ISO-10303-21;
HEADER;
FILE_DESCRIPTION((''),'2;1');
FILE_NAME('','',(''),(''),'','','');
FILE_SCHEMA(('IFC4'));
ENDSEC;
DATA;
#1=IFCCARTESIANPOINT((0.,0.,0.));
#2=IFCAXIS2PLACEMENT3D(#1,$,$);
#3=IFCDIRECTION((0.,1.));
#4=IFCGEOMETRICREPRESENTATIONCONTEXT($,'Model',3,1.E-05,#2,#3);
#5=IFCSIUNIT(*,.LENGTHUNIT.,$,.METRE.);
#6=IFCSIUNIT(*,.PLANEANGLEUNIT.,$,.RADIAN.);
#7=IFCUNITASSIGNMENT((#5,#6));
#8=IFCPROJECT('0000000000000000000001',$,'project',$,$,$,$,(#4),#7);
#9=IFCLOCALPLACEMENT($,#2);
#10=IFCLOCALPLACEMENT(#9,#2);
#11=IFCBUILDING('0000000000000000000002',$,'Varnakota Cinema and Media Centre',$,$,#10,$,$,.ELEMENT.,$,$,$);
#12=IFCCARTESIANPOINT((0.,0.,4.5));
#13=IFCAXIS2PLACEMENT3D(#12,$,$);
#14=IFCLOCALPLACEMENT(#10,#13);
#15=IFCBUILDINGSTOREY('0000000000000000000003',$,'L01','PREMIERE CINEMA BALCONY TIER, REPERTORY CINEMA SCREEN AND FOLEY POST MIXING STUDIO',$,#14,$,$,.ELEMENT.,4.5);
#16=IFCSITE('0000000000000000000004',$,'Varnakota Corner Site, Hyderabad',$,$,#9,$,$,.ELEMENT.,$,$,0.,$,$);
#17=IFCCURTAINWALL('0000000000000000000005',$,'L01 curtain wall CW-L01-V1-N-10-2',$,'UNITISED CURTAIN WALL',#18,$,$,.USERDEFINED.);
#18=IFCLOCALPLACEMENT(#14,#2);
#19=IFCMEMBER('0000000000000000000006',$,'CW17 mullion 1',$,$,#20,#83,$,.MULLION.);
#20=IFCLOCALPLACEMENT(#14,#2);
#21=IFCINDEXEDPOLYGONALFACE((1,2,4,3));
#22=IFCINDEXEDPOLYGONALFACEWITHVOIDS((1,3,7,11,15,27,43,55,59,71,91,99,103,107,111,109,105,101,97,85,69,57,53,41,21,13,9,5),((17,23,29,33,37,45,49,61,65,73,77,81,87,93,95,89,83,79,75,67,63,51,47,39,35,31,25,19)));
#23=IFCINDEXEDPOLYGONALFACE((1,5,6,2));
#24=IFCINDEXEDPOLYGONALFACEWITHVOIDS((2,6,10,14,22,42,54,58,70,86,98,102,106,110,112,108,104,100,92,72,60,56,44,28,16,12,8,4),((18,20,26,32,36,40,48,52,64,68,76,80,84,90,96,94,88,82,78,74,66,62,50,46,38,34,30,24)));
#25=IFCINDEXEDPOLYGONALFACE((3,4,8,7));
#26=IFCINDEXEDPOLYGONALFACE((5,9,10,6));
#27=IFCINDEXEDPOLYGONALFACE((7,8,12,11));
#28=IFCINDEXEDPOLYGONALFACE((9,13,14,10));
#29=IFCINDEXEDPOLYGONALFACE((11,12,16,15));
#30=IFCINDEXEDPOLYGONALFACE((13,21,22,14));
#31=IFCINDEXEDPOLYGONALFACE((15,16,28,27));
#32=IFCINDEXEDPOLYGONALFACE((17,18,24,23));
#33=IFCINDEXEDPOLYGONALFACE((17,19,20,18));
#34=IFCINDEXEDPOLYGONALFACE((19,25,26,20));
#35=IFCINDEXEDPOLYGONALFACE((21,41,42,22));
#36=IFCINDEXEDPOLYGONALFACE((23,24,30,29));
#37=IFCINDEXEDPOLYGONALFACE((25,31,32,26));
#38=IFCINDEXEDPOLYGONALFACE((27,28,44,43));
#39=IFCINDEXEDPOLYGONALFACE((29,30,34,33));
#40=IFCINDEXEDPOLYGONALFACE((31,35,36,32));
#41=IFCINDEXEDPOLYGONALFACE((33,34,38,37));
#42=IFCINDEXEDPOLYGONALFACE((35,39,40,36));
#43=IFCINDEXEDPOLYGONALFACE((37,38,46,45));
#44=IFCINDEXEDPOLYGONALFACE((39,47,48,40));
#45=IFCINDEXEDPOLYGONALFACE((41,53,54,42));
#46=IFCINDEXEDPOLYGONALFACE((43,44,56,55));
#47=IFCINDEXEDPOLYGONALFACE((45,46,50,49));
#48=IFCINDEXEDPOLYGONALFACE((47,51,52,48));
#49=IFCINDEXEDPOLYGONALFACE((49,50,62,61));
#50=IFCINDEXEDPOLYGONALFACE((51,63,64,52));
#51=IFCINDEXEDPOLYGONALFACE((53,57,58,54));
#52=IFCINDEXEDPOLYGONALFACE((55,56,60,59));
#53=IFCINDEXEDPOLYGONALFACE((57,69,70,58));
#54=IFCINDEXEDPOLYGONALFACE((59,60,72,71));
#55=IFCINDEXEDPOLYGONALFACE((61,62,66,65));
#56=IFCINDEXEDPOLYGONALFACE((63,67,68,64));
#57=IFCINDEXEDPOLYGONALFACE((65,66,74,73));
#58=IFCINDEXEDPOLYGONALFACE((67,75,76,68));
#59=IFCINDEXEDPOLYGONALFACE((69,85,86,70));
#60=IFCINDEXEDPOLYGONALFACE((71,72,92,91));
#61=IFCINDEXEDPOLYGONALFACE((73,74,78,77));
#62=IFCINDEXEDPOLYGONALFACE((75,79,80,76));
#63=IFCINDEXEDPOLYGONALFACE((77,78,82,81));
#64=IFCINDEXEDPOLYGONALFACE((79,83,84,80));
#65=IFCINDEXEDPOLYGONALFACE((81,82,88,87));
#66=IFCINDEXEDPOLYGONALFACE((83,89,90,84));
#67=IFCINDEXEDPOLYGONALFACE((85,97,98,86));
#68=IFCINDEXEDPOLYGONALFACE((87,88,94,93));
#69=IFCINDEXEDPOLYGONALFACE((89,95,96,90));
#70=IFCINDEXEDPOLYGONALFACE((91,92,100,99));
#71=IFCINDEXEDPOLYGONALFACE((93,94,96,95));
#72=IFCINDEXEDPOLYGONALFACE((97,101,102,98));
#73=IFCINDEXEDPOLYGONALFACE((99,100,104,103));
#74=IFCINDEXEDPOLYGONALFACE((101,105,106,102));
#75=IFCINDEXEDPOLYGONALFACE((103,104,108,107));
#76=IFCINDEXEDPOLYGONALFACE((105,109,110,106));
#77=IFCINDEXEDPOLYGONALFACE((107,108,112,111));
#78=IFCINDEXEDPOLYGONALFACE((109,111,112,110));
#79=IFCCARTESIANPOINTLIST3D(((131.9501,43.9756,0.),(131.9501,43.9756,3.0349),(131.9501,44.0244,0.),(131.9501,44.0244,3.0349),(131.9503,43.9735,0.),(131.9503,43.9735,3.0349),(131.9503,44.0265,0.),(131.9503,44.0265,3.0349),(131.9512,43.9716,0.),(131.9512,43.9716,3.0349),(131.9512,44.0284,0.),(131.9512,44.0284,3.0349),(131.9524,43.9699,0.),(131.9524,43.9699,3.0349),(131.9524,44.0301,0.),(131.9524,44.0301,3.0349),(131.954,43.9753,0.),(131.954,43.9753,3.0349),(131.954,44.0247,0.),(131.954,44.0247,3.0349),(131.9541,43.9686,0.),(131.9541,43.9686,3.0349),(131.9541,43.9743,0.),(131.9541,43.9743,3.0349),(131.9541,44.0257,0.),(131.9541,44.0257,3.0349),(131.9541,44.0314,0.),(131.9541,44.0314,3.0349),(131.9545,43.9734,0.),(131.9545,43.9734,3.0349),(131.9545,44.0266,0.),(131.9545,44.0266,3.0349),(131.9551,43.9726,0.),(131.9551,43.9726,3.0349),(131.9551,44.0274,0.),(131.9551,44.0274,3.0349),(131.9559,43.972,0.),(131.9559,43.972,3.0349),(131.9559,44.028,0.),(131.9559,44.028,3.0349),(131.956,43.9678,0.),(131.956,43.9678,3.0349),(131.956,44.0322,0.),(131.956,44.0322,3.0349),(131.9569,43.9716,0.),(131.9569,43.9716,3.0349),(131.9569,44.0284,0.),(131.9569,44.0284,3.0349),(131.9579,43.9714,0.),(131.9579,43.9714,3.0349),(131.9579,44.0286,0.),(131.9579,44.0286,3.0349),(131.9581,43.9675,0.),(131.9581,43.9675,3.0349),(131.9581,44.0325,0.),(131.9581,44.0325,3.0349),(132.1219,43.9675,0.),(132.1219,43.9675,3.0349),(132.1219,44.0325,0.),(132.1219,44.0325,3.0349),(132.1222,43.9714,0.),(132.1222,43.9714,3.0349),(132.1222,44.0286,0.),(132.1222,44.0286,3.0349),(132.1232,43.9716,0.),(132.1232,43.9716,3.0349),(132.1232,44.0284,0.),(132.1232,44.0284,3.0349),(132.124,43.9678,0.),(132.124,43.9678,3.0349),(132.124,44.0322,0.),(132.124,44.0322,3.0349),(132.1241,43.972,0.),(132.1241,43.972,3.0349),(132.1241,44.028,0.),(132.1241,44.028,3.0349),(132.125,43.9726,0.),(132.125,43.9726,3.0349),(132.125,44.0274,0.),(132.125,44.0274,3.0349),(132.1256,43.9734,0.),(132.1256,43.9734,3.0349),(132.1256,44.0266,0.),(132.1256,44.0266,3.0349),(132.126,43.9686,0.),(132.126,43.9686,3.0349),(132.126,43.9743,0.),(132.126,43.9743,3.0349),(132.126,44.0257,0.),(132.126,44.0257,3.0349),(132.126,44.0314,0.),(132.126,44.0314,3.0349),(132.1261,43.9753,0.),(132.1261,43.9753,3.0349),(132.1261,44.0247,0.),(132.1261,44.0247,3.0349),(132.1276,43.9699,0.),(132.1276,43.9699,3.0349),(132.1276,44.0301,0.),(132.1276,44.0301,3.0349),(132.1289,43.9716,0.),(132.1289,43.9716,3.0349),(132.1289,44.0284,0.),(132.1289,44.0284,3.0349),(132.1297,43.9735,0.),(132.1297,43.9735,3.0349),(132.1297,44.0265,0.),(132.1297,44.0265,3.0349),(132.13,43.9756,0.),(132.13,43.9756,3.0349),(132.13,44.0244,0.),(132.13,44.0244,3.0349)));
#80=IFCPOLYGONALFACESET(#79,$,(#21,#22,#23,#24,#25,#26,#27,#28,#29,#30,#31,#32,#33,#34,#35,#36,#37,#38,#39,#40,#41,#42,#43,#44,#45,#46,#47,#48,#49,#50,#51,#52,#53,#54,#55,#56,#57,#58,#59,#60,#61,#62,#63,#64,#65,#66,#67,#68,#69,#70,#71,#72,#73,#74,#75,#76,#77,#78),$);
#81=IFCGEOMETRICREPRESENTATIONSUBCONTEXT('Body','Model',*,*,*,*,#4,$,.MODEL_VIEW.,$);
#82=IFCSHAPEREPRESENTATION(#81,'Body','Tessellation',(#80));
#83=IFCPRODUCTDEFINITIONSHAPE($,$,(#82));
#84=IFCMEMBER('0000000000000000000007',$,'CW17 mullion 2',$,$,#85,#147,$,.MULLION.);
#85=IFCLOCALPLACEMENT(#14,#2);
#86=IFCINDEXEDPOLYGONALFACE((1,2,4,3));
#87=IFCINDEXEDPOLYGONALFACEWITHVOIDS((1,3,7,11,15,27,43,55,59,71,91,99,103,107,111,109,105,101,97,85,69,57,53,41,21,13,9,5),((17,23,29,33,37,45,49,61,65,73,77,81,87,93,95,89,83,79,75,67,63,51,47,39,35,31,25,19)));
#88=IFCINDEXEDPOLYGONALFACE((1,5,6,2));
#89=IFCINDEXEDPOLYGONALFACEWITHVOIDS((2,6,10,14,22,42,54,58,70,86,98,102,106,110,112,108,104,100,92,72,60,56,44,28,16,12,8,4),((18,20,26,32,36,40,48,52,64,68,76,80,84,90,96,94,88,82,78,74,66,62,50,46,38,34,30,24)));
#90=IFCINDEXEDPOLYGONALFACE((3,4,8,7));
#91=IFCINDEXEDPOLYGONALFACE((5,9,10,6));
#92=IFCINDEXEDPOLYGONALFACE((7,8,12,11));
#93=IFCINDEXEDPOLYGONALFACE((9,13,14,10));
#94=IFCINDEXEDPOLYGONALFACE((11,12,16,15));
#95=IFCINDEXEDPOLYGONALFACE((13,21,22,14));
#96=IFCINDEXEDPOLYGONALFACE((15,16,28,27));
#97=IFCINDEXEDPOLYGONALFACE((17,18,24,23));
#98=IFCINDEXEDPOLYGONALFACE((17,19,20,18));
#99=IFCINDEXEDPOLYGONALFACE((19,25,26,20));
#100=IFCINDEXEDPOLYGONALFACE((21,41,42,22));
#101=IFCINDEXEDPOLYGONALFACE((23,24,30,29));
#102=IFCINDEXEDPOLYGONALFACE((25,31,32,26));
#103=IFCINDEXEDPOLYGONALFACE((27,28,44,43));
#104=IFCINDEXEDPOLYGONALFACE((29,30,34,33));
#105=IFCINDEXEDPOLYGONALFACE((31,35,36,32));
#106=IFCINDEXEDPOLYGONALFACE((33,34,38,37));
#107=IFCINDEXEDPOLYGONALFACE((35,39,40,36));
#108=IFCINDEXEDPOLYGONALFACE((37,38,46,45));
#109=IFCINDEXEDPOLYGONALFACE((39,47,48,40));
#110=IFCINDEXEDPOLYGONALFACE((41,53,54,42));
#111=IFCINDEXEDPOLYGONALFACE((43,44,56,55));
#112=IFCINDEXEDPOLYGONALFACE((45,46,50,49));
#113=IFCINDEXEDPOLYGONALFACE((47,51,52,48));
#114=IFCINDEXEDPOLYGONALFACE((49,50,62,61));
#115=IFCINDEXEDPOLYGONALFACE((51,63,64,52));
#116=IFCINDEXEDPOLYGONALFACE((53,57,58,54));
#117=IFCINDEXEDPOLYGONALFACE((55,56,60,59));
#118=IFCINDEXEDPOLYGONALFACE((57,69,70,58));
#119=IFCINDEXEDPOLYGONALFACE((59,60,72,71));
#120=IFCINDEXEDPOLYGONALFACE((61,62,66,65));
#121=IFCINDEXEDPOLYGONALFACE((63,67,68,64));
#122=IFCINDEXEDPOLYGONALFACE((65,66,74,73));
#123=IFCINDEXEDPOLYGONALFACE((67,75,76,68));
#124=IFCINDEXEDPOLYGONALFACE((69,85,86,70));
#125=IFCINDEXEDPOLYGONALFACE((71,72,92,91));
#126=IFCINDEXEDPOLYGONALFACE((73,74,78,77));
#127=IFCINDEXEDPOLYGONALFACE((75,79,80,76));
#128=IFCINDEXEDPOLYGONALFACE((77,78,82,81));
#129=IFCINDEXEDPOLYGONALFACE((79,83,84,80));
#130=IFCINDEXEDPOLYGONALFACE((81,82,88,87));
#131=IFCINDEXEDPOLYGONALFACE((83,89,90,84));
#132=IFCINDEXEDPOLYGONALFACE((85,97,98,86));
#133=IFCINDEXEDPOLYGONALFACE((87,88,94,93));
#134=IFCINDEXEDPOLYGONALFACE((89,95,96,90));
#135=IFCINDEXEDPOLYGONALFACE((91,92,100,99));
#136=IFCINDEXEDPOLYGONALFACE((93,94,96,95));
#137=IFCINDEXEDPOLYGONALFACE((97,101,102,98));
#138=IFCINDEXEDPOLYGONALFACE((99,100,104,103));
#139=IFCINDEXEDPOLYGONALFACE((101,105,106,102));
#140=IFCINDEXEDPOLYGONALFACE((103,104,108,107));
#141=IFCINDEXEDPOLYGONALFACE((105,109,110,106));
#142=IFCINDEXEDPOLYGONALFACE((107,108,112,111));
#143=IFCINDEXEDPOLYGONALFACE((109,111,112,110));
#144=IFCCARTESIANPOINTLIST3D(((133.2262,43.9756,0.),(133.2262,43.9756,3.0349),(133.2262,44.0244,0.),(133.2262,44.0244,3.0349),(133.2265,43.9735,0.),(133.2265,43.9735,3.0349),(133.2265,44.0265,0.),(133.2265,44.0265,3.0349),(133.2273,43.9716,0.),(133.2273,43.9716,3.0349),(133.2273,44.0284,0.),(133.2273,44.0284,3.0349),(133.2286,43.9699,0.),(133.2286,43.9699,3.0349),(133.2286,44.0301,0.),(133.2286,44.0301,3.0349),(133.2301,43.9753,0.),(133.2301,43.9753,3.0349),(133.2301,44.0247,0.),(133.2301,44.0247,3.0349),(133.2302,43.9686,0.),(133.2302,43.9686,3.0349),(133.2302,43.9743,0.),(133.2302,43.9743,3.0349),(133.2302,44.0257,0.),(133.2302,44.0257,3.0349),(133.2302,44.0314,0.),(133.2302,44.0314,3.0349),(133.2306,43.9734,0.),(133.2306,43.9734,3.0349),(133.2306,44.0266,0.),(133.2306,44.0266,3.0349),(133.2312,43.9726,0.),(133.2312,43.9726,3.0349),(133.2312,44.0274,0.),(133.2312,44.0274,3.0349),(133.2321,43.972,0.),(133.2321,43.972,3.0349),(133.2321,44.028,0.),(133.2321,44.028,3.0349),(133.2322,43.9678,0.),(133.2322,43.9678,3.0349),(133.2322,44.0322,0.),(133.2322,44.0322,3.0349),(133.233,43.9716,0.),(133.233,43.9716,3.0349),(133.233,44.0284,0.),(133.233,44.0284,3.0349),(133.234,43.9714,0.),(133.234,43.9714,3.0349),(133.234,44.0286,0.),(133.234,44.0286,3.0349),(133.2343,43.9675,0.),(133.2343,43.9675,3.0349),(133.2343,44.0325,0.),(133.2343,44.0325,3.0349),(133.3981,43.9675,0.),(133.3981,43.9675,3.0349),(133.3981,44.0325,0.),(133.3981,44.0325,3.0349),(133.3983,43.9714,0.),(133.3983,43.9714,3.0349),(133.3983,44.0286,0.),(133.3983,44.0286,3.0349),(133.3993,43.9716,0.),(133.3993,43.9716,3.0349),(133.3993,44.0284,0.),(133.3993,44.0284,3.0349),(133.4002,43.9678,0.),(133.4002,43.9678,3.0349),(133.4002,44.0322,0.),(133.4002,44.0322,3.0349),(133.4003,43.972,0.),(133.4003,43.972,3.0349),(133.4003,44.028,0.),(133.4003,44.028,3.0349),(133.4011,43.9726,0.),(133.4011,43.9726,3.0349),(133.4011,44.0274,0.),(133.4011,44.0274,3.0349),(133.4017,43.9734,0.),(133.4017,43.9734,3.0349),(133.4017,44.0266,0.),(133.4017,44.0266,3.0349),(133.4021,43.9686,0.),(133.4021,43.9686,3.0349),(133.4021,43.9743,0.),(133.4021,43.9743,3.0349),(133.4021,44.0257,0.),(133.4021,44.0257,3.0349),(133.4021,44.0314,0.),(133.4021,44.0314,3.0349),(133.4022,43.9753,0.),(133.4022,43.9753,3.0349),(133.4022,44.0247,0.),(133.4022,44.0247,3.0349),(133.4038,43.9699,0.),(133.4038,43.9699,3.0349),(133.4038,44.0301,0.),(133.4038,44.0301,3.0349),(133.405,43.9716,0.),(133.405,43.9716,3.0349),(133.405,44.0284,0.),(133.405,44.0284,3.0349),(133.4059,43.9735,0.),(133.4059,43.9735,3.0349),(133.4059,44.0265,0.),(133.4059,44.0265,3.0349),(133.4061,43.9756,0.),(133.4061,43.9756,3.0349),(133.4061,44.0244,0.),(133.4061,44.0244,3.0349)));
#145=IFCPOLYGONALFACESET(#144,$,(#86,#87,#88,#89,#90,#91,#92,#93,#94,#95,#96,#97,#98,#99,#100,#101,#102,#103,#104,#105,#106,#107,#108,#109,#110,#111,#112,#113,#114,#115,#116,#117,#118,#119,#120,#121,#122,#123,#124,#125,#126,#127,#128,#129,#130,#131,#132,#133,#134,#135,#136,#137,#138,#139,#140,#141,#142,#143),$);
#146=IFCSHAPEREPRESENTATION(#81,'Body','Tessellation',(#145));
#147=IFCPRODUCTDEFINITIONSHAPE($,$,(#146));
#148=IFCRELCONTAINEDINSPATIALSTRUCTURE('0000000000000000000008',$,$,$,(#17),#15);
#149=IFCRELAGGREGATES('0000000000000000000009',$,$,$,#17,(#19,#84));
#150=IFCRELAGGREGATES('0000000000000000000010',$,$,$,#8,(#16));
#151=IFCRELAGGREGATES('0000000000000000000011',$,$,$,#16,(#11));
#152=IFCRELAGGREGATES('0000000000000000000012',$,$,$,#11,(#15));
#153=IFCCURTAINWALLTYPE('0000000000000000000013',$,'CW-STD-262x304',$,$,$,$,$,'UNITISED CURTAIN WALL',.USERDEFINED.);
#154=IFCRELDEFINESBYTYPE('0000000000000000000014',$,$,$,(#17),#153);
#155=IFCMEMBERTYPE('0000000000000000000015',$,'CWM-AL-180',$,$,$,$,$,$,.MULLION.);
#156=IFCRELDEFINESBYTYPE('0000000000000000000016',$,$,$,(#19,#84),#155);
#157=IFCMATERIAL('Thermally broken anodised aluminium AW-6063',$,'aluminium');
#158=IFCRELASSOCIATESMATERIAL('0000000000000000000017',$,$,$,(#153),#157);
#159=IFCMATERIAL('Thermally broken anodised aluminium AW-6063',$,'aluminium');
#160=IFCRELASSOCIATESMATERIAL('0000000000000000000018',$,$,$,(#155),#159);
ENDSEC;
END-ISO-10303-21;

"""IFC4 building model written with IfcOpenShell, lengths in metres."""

from ifc_helpers import new_model, si_unit, direction, frame, origin, origin_2d, place, context, subcontext, project, spatial, hollow_rectangle, extrude, material, material_profile, profile_set, type_object, element, aggregate, save


model = new_model("IFC4")

# Units and contexts
model_context = context("Model", 3, precision=1e-05, world=origin(), true_north=direction((0.0, 1.0)))
body_context = subcontext(model_context, "Body", "Model", "MODEL_VIEW")
ifc_project = project(units=[si_unit("LENGTHUNIT", "METRE"), si_unit("PLANEANGLEUNIT", "RADIAN")], contexts=[model_context])

# Site, building, storey
site_placement = place(None, origin())
site = spatial("IfcSite", under=ifc_project, at=site_placement, Name="Varnakota Corner Site, Hyderabad", CompositionType="ELEMENT", RefElevation=0.0)
building_placement = place(site_placement, origin())
building = spatial("IfcBuilding", under=site, at=building_placement, Name="Varnakota Cinema and Media Centre", CompositionType="ELEMENT")
storey_placement = place(building_placement, frame((0.0, 0.0, 4.5)))
storey = spatial("IfcBuildingStorey", under=building, at=storey_placement, Name="L01", Description="PREMIERE CINEMA BALCONY TIER, REPERTORY CINEMA SCREEN AND FOLEY POST MIXING STUDIO", CompositionType="ELEMENT", Elevation=4.5)

# Shared definitions
ifc_material_1 = material(Name="Thermally broken anodised aluminium AW-6063", Category="aluminium")
curtain_wall_type = type_object("IfcCurtainWallType", Name="CW-STD-262x304", ElementType="UNITISED CURTAIN WALL", PredefinedType="USERDEFINED", material=ifc_material_1)
ifc_material_2 = material(Name="Thermally broken anodised aluminium AW-6063", Category="aluminium")
ifc_material_profile_1 = material_profile(ifc_material_2, hollow_rectangle(XDim=0.0649, YDim=0.1799, WallThickness=0.0039, InnerFilletRadius=0.0039, OuterFilletRadius=0.0081, at=origin_2d()), Name="AL-MULLION 180x65x4")
ifc_profile_set_1 = profile_set([ifc_material_profile_1], Name="Thermally broken anodised aluminium AW-6063")
member_type_1 = type_object("IfcMemberType", Name="CWM-AL-180", PredefinedType="MULLION", material=ifc_profile_set_1)

# Curtain wall, members
curtain_wall_1_placement = place(storey_placement, origin())
curtain_wall_1 = element("IfcCurtainWall", 1, at=curtain_wall_1_placement, inside=storey, type_object=curtain_wall_type, Name="L01 curtain wall CW-L01-V1-N-10-2", ObjectType="UNITISED CURTAIN WALL", PredefinedType="USERDEFINED")
member_1_placement = place(storey_placement, frame((132.04, 44.0, 0.0), z_axis=(0.0, 0.0, 1.0), x_axis=(0.0, 1.0, 0.0)))
member_1 = element("IfcMember", 2, at=member_1_placement, type_object=member_type_1, Name="CW17 mullion 1", PredefinedType="MULLION", context=body_context, shape_type="SweptSolid", body=[
    extrude(hollow_rectangle(XDim=0.0649, YDim=0.1799, WallThickness=0.0039, InnerFilletRadius=0.0039, OuterFilletRadius=0.0081, at=origin_2d()), origin(), (0.0, 0.0, 1.0), 3.0349),
])
member_2_placement = place(storey_placement, frame((133.3162, 44.0, 0.0), z_axis=(0.0, 0.0, 1.0), x_axis=(0.0, 1.0, 0.0)))
member_2 = element("IfcMember", 3, at=member_2_placement, type_object=member_type_1, Name="CW17 mullion 2", PredefinedType="MULLION", context=body_context, shape_type="SweptSolid", body=[
    extrude(hollow_rectangle(XDim=0.0649, YDim=0.1799, WallThickness=0.0039, InnerFilletRadius=0.0039, OuterFilletRadius=0.0081, at=origin_2d()), origin(), (0.0, 0.0, 1.0), 3.0349),
])

aggregate(curtain_wall_1, [member_1, member_2])

save(model, "model.ifc")
